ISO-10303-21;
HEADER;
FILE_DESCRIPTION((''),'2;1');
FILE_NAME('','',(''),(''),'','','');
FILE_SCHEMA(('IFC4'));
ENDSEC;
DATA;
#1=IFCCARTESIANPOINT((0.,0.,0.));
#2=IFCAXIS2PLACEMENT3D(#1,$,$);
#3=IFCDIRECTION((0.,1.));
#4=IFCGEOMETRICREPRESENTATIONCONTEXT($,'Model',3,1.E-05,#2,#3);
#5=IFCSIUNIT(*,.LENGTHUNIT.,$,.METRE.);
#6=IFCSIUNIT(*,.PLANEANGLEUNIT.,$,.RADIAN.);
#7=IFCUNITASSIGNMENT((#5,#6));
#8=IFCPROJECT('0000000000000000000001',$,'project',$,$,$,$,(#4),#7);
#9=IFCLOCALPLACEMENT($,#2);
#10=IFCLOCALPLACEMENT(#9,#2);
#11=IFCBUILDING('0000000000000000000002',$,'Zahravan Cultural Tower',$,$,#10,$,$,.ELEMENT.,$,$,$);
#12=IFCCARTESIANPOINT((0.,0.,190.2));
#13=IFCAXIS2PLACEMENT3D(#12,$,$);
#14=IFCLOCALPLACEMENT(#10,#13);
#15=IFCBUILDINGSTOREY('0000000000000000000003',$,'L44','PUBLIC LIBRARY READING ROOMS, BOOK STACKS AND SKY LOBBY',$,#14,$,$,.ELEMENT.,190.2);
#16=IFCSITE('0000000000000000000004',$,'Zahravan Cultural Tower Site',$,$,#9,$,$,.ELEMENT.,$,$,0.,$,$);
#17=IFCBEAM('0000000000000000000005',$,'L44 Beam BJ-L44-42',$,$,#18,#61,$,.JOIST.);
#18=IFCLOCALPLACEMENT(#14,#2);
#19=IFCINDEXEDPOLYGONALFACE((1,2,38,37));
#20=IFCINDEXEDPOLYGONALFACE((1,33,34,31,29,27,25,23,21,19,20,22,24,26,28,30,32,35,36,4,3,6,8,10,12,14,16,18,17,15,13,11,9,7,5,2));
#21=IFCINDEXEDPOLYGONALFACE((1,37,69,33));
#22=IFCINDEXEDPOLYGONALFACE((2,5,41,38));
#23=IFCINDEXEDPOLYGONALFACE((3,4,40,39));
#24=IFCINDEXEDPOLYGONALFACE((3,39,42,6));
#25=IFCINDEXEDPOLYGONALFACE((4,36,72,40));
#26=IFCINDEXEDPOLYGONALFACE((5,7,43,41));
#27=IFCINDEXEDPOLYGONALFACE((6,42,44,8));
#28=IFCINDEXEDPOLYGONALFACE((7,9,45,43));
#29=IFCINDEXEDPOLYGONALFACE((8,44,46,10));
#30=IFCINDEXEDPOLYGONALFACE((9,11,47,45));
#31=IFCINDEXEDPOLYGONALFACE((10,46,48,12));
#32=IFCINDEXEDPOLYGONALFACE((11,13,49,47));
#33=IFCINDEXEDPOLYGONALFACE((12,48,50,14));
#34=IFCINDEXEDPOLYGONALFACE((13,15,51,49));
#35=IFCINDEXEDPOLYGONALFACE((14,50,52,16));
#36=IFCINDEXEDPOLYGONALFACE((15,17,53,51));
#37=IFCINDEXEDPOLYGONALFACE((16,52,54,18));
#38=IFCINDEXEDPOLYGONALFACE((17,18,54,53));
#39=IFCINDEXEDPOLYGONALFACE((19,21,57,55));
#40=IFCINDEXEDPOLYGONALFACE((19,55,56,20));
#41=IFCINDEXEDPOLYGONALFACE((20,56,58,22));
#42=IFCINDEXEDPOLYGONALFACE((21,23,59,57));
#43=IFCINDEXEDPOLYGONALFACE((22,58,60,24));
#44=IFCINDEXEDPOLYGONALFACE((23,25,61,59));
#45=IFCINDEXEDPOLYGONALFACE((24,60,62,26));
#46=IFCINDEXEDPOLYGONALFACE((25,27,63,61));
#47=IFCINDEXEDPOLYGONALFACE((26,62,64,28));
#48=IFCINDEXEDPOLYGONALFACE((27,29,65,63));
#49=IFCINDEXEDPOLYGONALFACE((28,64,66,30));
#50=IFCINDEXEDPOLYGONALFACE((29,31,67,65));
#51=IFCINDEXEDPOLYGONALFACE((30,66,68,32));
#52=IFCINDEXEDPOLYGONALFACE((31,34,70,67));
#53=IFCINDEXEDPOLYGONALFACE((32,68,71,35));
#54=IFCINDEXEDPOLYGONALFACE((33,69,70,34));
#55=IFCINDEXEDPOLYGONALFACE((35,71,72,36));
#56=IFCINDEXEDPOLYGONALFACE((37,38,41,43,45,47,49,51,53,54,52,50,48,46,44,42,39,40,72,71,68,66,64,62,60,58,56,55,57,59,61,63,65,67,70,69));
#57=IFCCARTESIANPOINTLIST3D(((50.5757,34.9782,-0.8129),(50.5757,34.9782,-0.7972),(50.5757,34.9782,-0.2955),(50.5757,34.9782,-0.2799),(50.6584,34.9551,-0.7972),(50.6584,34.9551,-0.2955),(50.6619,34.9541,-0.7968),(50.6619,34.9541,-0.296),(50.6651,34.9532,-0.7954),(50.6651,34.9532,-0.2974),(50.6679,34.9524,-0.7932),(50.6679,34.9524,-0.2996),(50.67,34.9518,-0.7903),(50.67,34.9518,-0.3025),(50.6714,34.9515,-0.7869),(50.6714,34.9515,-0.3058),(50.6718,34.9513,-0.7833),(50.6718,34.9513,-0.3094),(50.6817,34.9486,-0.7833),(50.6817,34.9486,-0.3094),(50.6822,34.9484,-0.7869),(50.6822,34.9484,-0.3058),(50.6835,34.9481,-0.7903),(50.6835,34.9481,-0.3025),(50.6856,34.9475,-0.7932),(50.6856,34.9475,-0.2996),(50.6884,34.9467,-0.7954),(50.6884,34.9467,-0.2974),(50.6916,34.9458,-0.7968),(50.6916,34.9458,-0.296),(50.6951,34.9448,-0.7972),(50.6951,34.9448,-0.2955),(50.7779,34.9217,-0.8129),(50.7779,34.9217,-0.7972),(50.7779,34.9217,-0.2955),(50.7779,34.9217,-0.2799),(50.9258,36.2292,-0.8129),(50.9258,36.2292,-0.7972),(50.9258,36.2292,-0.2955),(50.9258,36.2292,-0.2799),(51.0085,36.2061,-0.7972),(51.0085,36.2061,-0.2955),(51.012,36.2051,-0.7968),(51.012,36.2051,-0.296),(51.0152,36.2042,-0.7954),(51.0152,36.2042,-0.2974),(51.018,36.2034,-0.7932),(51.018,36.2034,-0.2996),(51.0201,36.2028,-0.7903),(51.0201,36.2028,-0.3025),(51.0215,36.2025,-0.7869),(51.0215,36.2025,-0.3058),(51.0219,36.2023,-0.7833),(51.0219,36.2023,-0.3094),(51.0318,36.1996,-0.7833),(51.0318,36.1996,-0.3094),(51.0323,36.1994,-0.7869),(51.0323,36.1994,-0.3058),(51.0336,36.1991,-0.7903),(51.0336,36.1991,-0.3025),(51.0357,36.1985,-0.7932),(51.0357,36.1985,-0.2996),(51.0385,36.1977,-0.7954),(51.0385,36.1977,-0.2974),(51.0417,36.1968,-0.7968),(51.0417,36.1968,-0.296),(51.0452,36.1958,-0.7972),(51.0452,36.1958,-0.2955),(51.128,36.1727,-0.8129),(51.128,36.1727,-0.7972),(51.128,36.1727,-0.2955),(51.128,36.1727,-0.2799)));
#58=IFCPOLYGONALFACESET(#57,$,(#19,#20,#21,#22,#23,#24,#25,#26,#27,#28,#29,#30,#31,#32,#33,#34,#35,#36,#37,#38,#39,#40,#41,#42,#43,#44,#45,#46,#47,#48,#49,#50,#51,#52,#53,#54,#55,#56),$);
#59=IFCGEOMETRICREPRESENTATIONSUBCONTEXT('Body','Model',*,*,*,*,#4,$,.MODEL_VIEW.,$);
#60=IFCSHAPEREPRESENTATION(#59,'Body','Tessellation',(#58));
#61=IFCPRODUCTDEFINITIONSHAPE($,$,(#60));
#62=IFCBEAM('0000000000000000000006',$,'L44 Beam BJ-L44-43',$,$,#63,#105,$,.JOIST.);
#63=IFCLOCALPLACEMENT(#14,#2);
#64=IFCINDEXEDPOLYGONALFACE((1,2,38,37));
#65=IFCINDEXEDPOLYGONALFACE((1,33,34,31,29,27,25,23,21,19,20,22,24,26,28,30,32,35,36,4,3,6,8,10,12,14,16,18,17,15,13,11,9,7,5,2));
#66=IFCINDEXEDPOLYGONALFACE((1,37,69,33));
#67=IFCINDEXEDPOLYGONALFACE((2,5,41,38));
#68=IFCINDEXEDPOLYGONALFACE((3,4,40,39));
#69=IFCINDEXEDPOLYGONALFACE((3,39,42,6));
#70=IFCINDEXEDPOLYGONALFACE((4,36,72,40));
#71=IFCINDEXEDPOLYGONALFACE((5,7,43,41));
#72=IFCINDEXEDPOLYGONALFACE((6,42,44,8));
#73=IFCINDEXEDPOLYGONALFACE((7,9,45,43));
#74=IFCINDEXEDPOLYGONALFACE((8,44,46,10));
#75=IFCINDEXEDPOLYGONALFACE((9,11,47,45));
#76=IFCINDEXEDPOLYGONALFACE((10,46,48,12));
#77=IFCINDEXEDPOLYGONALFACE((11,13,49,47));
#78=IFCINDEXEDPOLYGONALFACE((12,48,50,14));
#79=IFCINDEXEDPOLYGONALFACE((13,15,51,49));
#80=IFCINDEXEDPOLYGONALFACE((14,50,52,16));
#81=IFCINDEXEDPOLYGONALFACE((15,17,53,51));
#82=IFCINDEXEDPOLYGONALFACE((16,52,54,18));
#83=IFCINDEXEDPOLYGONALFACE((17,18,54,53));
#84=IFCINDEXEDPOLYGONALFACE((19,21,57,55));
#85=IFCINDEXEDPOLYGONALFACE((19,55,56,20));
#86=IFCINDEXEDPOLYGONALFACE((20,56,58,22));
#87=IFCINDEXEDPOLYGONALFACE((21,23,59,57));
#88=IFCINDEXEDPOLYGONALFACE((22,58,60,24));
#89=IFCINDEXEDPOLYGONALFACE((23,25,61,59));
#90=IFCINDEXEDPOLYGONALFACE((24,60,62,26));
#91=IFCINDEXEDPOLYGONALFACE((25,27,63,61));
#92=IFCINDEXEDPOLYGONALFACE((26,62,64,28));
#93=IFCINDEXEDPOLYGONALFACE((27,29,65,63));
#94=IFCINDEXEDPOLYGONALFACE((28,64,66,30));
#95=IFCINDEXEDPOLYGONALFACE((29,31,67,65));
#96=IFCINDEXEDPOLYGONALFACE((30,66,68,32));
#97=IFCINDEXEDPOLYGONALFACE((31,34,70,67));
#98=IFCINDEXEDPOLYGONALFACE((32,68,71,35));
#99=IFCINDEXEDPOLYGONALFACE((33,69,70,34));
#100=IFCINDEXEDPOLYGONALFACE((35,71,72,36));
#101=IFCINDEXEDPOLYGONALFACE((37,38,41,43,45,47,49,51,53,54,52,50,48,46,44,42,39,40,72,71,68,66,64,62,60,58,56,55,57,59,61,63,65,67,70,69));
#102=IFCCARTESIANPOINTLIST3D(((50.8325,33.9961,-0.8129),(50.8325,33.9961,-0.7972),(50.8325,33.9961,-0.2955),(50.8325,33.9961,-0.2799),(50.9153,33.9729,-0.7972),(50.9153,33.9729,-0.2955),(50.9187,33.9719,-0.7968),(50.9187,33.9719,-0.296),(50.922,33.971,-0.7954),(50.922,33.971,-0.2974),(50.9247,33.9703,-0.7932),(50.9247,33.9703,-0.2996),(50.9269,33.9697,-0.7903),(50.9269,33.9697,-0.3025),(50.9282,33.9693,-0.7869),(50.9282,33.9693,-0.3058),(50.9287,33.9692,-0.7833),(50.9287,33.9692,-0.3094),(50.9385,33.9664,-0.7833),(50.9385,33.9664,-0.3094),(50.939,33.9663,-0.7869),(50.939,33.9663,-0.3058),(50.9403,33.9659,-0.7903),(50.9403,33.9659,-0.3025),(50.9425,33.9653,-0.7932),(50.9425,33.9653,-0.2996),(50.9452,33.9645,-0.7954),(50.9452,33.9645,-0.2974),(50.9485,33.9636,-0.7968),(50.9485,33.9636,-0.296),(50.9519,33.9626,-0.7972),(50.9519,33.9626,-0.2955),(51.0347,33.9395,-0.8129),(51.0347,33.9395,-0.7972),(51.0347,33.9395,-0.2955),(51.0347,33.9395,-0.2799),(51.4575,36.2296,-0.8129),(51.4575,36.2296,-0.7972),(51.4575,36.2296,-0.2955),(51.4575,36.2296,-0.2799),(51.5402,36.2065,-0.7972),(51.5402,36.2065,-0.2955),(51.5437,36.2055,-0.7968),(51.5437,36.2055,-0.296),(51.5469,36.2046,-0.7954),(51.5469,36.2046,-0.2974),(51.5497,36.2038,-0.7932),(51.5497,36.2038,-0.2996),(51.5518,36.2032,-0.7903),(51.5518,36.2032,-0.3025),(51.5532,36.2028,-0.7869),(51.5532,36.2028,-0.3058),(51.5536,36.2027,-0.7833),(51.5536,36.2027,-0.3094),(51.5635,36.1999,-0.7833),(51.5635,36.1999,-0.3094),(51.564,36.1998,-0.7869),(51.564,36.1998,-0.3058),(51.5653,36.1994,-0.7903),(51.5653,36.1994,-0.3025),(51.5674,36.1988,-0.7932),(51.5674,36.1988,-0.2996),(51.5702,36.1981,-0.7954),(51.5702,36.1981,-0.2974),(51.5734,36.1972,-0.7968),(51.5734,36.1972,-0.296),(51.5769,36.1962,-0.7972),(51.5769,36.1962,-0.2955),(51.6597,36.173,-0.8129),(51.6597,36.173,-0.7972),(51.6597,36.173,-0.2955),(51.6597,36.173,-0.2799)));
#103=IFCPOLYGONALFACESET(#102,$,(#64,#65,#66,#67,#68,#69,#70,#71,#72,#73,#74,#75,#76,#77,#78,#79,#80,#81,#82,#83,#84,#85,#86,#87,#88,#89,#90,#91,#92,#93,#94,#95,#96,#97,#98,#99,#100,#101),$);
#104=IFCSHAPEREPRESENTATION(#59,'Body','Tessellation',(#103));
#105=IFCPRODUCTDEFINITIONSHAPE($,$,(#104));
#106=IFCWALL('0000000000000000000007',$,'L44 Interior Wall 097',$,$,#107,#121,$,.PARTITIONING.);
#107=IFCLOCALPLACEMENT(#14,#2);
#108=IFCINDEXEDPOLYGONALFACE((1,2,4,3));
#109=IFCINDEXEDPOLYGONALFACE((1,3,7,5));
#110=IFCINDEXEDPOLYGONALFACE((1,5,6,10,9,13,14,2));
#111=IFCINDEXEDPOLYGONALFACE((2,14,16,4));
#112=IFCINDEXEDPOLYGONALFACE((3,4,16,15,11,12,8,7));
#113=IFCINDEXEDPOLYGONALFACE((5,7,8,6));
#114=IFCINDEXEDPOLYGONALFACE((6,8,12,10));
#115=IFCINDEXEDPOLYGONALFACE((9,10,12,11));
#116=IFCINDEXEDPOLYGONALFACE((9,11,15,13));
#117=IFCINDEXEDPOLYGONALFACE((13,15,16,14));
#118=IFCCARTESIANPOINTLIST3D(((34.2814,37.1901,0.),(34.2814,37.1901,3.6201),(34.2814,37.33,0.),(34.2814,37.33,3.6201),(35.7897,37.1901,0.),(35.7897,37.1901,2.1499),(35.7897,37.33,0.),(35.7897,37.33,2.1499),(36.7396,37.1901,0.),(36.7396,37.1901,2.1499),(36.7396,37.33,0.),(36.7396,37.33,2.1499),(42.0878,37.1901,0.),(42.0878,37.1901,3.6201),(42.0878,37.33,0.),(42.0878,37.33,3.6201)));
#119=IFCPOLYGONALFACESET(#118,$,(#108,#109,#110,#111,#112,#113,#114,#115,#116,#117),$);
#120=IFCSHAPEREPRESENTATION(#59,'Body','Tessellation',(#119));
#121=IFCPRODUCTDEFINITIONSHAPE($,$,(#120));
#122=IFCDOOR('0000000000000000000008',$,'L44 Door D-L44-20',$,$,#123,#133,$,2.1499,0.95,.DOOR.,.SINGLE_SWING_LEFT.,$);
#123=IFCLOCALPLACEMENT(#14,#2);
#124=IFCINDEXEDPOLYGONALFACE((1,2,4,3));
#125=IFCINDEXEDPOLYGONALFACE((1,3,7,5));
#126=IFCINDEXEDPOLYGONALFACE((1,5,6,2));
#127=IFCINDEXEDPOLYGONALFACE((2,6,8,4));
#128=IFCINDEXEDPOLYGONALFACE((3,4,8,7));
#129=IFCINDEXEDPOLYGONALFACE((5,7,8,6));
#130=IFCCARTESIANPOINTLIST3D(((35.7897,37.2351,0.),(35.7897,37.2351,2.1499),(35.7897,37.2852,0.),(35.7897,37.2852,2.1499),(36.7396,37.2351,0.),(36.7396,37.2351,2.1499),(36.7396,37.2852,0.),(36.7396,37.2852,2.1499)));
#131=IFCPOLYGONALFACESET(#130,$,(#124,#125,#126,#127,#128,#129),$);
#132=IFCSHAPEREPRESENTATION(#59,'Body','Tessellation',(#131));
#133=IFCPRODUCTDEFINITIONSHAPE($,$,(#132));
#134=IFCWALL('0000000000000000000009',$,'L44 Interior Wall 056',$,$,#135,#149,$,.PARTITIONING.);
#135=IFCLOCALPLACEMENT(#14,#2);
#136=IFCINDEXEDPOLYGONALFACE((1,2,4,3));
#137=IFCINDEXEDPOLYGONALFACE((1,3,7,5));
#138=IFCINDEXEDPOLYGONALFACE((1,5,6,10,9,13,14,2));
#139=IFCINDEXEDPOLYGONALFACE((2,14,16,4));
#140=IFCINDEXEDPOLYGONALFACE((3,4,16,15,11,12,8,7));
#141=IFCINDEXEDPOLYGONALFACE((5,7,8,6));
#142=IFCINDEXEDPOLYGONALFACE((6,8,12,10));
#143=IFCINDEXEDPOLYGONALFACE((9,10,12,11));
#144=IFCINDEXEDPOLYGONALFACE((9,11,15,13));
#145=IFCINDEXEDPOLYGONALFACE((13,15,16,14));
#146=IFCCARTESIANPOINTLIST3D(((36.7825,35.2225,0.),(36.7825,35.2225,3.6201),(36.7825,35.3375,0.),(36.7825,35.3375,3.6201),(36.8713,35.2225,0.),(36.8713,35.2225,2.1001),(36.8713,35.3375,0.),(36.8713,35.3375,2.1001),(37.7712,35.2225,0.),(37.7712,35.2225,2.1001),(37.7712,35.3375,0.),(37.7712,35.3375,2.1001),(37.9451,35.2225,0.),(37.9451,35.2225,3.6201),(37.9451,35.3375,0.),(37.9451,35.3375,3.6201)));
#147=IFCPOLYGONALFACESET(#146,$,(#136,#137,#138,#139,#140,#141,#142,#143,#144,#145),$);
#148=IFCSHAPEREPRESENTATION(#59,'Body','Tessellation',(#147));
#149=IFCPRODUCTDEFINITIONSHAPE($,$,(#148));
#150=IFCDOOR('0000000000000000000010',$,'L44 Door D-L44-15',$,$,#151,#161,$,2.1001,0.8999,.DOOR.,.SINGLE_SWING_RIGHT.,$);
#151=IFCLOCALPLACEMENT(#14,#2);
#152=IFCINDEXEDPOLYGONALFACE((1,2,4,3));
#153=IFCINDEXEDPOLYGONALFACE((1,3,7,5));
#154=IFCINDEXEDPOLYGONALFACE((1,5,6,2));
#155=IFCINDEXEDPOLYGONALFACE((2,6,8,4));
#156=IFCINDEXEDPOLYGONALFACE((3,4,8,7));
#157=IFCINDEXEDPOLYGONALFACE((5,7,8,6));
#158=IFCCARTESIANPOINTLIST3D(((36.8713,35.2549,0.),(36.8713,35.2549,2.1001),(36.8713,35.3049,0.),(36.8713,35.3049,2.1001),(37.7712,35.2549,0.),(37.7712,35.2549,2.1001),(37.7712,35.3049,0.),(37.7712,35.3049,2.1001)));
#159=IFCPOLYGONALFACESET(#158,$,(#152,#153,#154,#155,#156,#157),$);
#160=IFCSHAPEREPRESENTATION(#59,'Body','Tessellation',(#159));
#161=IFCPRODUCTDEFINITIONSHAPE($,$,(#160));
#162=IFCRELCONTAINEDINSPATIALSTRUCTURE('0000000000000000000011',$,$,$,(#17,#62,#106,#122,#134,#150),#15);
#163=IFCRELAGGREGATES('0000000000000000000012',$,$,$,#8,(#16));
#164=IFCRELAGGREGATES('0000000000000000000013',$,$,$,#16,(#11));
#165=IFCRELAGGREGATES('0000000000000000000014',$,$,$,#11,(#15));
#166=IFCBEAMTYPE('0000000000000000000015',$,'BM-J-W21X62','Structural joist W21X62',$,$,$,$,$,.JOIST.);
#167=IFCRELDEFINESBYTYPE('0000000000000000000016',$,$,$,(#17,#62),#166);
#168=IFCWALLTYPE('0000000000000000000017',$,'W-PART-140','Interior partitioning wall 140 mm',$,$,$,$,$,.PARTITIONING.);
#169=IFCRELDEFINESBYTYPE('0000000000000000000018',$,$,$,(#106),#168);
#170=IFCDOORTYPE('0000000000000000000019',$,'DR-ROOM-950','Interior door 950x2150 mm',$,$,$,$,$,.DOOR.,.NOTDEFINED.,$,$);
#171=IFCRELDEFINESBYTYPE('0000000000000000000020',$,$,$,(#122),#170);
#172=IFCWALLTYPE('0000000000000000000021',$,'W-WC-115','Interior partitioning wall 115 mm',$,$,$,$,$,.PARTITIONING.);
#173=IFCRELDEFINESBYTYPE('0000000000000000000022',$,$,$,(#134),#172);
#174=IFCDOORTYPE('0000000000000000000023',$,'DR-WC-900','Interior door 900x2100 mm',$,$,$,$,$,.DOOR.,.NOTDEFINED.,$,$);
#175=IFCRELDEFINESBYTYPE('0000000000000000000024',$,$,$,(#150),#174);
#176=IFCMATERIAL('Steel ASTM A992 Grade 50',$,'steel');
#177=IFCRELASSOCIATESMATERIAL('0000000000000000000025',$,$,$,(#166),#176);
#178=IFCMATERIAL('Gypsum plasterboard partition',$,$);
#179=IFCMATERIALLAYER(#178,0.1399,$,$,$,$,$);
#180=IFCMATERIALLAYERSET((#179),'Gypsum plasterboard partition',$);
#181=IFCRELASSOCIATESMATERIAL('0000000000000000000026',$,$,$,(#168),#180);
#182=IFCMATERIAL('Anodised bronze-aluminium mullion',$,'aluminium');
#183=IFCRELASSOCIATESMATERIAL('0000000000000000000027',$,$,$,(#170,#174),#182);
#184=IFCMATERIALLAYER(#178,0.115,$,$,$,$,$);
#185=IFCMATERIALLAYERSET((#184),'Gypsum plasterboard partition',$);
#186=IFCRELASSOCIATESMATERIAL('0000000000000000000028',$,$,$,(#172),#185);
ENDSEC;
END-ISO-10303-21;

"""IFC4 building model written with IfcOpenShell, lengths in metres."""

from ifc_helpers import new_model, si_unit, direction, frame, frame_2d, origin, origin_2d, place, context, subcontext, project, spatial, rectangle, i_section, extrude, source, transform, mapped, material, layer, layer_set, material_profile, profile_set, type_object, element, fill, save


model = new_model("IFC4")

# Units and contexts
model_context = context("Model", 3, precision=1e-05, world=origin(), true_north=direction((0.0, 1.0)))
body_context = subcontext(model_context, "Body", "Model", "MODEL_VIEW")
ifc_project = project(units=[si_unit("LENGTHUNIT", "METRE"), si_unit("PLANEANGLEUNIT", "RADIAN")], contexts=[model_context])

# Site, building, storey
site_placement = place(None, origin())
site = spatial("IfcSite", under=ifc_project, at=site_placement, Name="Zahravan Cultural Tower Site", CompositionType="ELEMENT", RefElevation=0.0)
building_placement = place(site_placement, origin())
building = spatial("IfcBuilding", under=site, at=building_placement, Name="Zahravan Cultural Tower", CompositionType="ELEMENT")
storey_placement = place(building_placement, frame((0.0, 0.0, 190.2)))
storey = spatial("IfcBuildingStorey", under=building, at=storey_placement, Name="L44", Description="PUBLIC LIBRARY READING ROOMS, BOOK STACKS AND SKY LOBBY", CompositionType="ELEMENT", Elevation=190.2)

# Beams
ifc_material_1 = material(Name="Steel ASTM A992 Grade 50", Category="steel")
ifc_material_profile_1 = material_profile(ifc_material_1, i_section(OverallWidth=0.21, OverallDepth=0.533, WebThickness=0.0103, FlangeThickness=0.0156, FilletRadius=0.0139, at=origin_2d()), Name="W21X62")
ifc_profile_set_1 = profile_set([ifc_material_profile_1], Name="Steel ASTM A992 Grade 50")
beam_type_1 = type_object("IfcBeamType", Name="BM-J-W21X62", Description="Structural joist W21X62", PredefinedType="JOIST", material=ifc_profile_set_1)
shared_shape_1 = source(origin(), body_context, "Body", "SweptSolid", [
    extrude(i_section(OverallWidth=0.21, OverallDepth=0.533, WebThickness=0.0103, FlangeThickness=0.0156, FilletRadius=0.0139, at=origin_2d()), origin(), (0.0, 0.0, 1.0), 1.2991),
])
beam_1_placement = place(storey_placement, frame((50.6768, 34.95, -0.5464), z_axis=(0.269504, 0.962999, 0.0), x_axis=(-0.962999, 0.269504, 0.0)))
element("IfcBeam", 1, at=beam_1_placement, inside=storey, type_object=beam_type_1, Name="L44 Beam BJ-L44-42", PredefinedType="JOIST", context=body_context, shape_type="MappedRepresentation", body=[
    mapped(shared_shape_1, transform((0.0, 0.0, 0.0), x_axis=(1.0, 0.0, 0.0), y_axis=(0.0, 1.0, 0.0), z_axis=(0.0, 0.0, 1.0), scale=1.0)),
])
shared_shape_2 = source(origin(), body_context, "Body", "SweptSolid", [
    extrude(i_section(OverallWidth=0.21, OverallDepth=0.533, WebThickness=0.0103, FlangeThickness=0.0156, FilletRadius=0.0139, at=origin_2d()), origin(), (0.0, 0.0, 1.0), 2.3193),
])
beam_2_placement = place(storey_placement, frame((50.9336, 33.9678, -0.5464), z_axis=(0.269462, 0.963011, 0.0), x_axis=(-0.963011, 0.269462, 0.0)))
element("IfcBeam", 2, at=beam_2_placement, inside=storey, type_object=beam_type_1, Name="L44 Beam BJ-L44-43", PredefinedType="JOIST", context=body_context, shape_type="MappedRepresentation", body=[
    mapped(shared_shape_2, transform((0.0, 0.0, 0.0), x_axis=(1.0, 0.0, 0.0), y_axis=(0.0, 1.0, 0.0), z_axis=(0.0, 0.0, 1.0), scale=1.0)),
])

# Walls, openings, doors
ifc_material_2 = material(Name="Gypsum plasterboard partition")
ifc_layer_1 = layer(ifc_material_2, 0.1399)
ifc_layer_set_1 = layer_set([ifc_layer_1], Name="Gypsum plasterboard partition")
wall_type_1 = type_object("IfcWallType", Name="W-PART-140", Description="Interior partitioning wall 140 mm", PredefinedType="PARTITIONING", material=ifc_layer_set_1)
ifc_material_3 = material(Name="Anodised bronze-aluminium mullion", Category="aluminium")
door_type_1 = type_object("IfcDoorType", Name="DR-ROOM-950", Description="Interior door 950x2150 mm", OperationType="NOTDEFINED", PredefinedType="DOOR", material=ifc_material_3)
shared_shape_3 = source(origin(), body_context, "Body", "SweptSolid", [
    extrude(rectangle(XDim=0.95, YDim=2.1499, at=frame_2d((0.4751, 1.075))), frame((0.0, 0.0249, 0.0), z_axis=(0.0, -1.0, 0.0), x_axis=(1.0, 0.0, 0.0)), (0.0, 0.0, 1.0), 0.05),
])
wall_1_placement = place(storey_placement, frame((42.0879, 37.26, 0.0), z_axis=(0.0, 0.0, 1.0), x_axis=(-1.0, 0.0, 0.0)))
wall_1 = element("IfcWall", 3, at=wall_1_placement, inside=storey, type_object=wall_type_1, Name="L44 Interior Wall 097", PredefinedType="PARTITIONING", context=body_context, shape_type="SweptSolid", body=[
    extrude(rectangle(XDim=7.8064, YDim=0.1399, at=frame_2d((3.9033, 0.0))), origin(), (0.0, 0.0, 1.0), 3.6201),
])
opening_1_placement = place(wall_1_placement, frame((5.3481, 0.0, 0.0)))
opening_1 = element("IfcOpeningElement", 4, at=opening_1_placement, cuts=wall_1, PredefinedType="OPENING", context=body_context, shape_type="SweptSolid", body=[
    extrude(rectangle(XDim=0.95, YDim=2.1499, at=frame_2d((0.4751, 1.075))), frame((0.0, 0.0798, 0.0), z_axis=(0.0, -1.0, 0.0), x_axis=(1.0, 0.0, 0.0)), (0.0, 0.0, 1.0), 0.1599),
])
door_1_placement = place(opening_1_placement, origin())
door_1 = element("IfcDoor", 5, at=door_1_placement, inside=storey, type_object=door_type_1, Name="L44 Door D-L44-20", OperationType="SINGLE_SWING_LEFT", OverallHeight=2.1499, OverallWidth=0.95, PredefinedType="DOOR", context=body_context, shape_type="MappedRepresentation", body=[
    mapped(shared_shape_3, transform((0.0, 0.0, 0.0), x_axis=(1.0, 0.0, 0.0), y_axis=(0.0, 1.0, 0.0), z_axis=(0.0, 0.0, 1.0), scale=1.0)),
])
fill(opening_1, door_1)
ifc_layer_2 = layer(ifc_material_2, 0.115)
ifc_layer_set_2 = layer_set([ifc_layer_2], Name="Gypsum plasterboard partition")
wall_type_2 = type_object("IfcWallType", Name="W-WC-115", Description="Interior partitioning wall 115 mm", PredefinedType="PARTITIONING", material=ifc_layer_set_2)
wall_2_placement = place(storey_placement, frame((36.7825, 35.28, 0.0), z_axis=(0.0, 0.0, 1.0), x_axis=(1.0, 0.0, 0.0)))
wall_2 = element("IfcWall", 6, at=wall_2_placement, inside=storey, type_object=wall_type_2, Name="L44 Interior Wall 056", PredefinedType="PARTITIONING", context=body_context, shape_type="SweptSolid", body=[
    extrude(rectangle(XDim=1.1626, YDim=0.115, at=frame_2d((0.5813, 0.0))), origin(), (0.0, 0.0, 1.0), 3.6201),
])
opening_2_placement = place(wall_2_placement, frame((0.0889, 0.0, 0.0)))
opening_2 = element("IfcOpeningElement", 7, at=opening_2_placement, cuts=wall_2, PredefinedType="OPENING", context=body_context, shape_type="SweptSolid", body=[
    extrude(rectangle(XDim=0.8999, YDim=2.1001, at=frame_2d((0.45, 1.05))), frame((0.0, 0.0674, 0.0), z_axis=(0.0, -1.0, 0.0), x_axis=(1.0, 0.0, 0.0)), (0.0, 0.0, 1.0), 0.135),
])
door_type_2 = type_object("IfcDoorType", Name="DR-WC-900", Description="Interior door 900x2100 mm", OperationType="NOTDEFINED", PredefinedType="DOOR", material=ifc_material_3)
shared_shape_4 = source(origin(), body_context, "Body", "SweptSolid", [
    extrude(rectangle(XDim=0.8999, YDim=2.1001, at=frame_2d((0.45, 1.05))), frame((0.0, 0.0249, 0.0), z_axis=(0.0, -1.0, 0.0), x_axis=(1.0, 0.0, 0.0)), (0.0, 0.0, 1.0), 0.05),
])
door_2_placement = place(opening_2_placement, origin())
door_2 = element("IfcDoor", 8, at=door_2_placement, inside=storey, type_object=door_type_2, Name="L44 Door D-L44-15", OperationType="SINGLE_SWING_RIGHT", OverallHeight=2.1001, OverallWidth=0.8999, PredefinedType="DOOR", context=body_context, shape_type="MappedRepresentation", body=[
    mapped(shared_shape_4, transform((0.0, 0.0, 0.0), x_axis=(1.0, 0.0, 0.0), y_axis=(0.0, 1.0, 0.0), z_axis=(0.0, 0.0, 1.0), scale=1.0)),
])
fill(opening_2, door_2)

save(model, "model.ifc")
